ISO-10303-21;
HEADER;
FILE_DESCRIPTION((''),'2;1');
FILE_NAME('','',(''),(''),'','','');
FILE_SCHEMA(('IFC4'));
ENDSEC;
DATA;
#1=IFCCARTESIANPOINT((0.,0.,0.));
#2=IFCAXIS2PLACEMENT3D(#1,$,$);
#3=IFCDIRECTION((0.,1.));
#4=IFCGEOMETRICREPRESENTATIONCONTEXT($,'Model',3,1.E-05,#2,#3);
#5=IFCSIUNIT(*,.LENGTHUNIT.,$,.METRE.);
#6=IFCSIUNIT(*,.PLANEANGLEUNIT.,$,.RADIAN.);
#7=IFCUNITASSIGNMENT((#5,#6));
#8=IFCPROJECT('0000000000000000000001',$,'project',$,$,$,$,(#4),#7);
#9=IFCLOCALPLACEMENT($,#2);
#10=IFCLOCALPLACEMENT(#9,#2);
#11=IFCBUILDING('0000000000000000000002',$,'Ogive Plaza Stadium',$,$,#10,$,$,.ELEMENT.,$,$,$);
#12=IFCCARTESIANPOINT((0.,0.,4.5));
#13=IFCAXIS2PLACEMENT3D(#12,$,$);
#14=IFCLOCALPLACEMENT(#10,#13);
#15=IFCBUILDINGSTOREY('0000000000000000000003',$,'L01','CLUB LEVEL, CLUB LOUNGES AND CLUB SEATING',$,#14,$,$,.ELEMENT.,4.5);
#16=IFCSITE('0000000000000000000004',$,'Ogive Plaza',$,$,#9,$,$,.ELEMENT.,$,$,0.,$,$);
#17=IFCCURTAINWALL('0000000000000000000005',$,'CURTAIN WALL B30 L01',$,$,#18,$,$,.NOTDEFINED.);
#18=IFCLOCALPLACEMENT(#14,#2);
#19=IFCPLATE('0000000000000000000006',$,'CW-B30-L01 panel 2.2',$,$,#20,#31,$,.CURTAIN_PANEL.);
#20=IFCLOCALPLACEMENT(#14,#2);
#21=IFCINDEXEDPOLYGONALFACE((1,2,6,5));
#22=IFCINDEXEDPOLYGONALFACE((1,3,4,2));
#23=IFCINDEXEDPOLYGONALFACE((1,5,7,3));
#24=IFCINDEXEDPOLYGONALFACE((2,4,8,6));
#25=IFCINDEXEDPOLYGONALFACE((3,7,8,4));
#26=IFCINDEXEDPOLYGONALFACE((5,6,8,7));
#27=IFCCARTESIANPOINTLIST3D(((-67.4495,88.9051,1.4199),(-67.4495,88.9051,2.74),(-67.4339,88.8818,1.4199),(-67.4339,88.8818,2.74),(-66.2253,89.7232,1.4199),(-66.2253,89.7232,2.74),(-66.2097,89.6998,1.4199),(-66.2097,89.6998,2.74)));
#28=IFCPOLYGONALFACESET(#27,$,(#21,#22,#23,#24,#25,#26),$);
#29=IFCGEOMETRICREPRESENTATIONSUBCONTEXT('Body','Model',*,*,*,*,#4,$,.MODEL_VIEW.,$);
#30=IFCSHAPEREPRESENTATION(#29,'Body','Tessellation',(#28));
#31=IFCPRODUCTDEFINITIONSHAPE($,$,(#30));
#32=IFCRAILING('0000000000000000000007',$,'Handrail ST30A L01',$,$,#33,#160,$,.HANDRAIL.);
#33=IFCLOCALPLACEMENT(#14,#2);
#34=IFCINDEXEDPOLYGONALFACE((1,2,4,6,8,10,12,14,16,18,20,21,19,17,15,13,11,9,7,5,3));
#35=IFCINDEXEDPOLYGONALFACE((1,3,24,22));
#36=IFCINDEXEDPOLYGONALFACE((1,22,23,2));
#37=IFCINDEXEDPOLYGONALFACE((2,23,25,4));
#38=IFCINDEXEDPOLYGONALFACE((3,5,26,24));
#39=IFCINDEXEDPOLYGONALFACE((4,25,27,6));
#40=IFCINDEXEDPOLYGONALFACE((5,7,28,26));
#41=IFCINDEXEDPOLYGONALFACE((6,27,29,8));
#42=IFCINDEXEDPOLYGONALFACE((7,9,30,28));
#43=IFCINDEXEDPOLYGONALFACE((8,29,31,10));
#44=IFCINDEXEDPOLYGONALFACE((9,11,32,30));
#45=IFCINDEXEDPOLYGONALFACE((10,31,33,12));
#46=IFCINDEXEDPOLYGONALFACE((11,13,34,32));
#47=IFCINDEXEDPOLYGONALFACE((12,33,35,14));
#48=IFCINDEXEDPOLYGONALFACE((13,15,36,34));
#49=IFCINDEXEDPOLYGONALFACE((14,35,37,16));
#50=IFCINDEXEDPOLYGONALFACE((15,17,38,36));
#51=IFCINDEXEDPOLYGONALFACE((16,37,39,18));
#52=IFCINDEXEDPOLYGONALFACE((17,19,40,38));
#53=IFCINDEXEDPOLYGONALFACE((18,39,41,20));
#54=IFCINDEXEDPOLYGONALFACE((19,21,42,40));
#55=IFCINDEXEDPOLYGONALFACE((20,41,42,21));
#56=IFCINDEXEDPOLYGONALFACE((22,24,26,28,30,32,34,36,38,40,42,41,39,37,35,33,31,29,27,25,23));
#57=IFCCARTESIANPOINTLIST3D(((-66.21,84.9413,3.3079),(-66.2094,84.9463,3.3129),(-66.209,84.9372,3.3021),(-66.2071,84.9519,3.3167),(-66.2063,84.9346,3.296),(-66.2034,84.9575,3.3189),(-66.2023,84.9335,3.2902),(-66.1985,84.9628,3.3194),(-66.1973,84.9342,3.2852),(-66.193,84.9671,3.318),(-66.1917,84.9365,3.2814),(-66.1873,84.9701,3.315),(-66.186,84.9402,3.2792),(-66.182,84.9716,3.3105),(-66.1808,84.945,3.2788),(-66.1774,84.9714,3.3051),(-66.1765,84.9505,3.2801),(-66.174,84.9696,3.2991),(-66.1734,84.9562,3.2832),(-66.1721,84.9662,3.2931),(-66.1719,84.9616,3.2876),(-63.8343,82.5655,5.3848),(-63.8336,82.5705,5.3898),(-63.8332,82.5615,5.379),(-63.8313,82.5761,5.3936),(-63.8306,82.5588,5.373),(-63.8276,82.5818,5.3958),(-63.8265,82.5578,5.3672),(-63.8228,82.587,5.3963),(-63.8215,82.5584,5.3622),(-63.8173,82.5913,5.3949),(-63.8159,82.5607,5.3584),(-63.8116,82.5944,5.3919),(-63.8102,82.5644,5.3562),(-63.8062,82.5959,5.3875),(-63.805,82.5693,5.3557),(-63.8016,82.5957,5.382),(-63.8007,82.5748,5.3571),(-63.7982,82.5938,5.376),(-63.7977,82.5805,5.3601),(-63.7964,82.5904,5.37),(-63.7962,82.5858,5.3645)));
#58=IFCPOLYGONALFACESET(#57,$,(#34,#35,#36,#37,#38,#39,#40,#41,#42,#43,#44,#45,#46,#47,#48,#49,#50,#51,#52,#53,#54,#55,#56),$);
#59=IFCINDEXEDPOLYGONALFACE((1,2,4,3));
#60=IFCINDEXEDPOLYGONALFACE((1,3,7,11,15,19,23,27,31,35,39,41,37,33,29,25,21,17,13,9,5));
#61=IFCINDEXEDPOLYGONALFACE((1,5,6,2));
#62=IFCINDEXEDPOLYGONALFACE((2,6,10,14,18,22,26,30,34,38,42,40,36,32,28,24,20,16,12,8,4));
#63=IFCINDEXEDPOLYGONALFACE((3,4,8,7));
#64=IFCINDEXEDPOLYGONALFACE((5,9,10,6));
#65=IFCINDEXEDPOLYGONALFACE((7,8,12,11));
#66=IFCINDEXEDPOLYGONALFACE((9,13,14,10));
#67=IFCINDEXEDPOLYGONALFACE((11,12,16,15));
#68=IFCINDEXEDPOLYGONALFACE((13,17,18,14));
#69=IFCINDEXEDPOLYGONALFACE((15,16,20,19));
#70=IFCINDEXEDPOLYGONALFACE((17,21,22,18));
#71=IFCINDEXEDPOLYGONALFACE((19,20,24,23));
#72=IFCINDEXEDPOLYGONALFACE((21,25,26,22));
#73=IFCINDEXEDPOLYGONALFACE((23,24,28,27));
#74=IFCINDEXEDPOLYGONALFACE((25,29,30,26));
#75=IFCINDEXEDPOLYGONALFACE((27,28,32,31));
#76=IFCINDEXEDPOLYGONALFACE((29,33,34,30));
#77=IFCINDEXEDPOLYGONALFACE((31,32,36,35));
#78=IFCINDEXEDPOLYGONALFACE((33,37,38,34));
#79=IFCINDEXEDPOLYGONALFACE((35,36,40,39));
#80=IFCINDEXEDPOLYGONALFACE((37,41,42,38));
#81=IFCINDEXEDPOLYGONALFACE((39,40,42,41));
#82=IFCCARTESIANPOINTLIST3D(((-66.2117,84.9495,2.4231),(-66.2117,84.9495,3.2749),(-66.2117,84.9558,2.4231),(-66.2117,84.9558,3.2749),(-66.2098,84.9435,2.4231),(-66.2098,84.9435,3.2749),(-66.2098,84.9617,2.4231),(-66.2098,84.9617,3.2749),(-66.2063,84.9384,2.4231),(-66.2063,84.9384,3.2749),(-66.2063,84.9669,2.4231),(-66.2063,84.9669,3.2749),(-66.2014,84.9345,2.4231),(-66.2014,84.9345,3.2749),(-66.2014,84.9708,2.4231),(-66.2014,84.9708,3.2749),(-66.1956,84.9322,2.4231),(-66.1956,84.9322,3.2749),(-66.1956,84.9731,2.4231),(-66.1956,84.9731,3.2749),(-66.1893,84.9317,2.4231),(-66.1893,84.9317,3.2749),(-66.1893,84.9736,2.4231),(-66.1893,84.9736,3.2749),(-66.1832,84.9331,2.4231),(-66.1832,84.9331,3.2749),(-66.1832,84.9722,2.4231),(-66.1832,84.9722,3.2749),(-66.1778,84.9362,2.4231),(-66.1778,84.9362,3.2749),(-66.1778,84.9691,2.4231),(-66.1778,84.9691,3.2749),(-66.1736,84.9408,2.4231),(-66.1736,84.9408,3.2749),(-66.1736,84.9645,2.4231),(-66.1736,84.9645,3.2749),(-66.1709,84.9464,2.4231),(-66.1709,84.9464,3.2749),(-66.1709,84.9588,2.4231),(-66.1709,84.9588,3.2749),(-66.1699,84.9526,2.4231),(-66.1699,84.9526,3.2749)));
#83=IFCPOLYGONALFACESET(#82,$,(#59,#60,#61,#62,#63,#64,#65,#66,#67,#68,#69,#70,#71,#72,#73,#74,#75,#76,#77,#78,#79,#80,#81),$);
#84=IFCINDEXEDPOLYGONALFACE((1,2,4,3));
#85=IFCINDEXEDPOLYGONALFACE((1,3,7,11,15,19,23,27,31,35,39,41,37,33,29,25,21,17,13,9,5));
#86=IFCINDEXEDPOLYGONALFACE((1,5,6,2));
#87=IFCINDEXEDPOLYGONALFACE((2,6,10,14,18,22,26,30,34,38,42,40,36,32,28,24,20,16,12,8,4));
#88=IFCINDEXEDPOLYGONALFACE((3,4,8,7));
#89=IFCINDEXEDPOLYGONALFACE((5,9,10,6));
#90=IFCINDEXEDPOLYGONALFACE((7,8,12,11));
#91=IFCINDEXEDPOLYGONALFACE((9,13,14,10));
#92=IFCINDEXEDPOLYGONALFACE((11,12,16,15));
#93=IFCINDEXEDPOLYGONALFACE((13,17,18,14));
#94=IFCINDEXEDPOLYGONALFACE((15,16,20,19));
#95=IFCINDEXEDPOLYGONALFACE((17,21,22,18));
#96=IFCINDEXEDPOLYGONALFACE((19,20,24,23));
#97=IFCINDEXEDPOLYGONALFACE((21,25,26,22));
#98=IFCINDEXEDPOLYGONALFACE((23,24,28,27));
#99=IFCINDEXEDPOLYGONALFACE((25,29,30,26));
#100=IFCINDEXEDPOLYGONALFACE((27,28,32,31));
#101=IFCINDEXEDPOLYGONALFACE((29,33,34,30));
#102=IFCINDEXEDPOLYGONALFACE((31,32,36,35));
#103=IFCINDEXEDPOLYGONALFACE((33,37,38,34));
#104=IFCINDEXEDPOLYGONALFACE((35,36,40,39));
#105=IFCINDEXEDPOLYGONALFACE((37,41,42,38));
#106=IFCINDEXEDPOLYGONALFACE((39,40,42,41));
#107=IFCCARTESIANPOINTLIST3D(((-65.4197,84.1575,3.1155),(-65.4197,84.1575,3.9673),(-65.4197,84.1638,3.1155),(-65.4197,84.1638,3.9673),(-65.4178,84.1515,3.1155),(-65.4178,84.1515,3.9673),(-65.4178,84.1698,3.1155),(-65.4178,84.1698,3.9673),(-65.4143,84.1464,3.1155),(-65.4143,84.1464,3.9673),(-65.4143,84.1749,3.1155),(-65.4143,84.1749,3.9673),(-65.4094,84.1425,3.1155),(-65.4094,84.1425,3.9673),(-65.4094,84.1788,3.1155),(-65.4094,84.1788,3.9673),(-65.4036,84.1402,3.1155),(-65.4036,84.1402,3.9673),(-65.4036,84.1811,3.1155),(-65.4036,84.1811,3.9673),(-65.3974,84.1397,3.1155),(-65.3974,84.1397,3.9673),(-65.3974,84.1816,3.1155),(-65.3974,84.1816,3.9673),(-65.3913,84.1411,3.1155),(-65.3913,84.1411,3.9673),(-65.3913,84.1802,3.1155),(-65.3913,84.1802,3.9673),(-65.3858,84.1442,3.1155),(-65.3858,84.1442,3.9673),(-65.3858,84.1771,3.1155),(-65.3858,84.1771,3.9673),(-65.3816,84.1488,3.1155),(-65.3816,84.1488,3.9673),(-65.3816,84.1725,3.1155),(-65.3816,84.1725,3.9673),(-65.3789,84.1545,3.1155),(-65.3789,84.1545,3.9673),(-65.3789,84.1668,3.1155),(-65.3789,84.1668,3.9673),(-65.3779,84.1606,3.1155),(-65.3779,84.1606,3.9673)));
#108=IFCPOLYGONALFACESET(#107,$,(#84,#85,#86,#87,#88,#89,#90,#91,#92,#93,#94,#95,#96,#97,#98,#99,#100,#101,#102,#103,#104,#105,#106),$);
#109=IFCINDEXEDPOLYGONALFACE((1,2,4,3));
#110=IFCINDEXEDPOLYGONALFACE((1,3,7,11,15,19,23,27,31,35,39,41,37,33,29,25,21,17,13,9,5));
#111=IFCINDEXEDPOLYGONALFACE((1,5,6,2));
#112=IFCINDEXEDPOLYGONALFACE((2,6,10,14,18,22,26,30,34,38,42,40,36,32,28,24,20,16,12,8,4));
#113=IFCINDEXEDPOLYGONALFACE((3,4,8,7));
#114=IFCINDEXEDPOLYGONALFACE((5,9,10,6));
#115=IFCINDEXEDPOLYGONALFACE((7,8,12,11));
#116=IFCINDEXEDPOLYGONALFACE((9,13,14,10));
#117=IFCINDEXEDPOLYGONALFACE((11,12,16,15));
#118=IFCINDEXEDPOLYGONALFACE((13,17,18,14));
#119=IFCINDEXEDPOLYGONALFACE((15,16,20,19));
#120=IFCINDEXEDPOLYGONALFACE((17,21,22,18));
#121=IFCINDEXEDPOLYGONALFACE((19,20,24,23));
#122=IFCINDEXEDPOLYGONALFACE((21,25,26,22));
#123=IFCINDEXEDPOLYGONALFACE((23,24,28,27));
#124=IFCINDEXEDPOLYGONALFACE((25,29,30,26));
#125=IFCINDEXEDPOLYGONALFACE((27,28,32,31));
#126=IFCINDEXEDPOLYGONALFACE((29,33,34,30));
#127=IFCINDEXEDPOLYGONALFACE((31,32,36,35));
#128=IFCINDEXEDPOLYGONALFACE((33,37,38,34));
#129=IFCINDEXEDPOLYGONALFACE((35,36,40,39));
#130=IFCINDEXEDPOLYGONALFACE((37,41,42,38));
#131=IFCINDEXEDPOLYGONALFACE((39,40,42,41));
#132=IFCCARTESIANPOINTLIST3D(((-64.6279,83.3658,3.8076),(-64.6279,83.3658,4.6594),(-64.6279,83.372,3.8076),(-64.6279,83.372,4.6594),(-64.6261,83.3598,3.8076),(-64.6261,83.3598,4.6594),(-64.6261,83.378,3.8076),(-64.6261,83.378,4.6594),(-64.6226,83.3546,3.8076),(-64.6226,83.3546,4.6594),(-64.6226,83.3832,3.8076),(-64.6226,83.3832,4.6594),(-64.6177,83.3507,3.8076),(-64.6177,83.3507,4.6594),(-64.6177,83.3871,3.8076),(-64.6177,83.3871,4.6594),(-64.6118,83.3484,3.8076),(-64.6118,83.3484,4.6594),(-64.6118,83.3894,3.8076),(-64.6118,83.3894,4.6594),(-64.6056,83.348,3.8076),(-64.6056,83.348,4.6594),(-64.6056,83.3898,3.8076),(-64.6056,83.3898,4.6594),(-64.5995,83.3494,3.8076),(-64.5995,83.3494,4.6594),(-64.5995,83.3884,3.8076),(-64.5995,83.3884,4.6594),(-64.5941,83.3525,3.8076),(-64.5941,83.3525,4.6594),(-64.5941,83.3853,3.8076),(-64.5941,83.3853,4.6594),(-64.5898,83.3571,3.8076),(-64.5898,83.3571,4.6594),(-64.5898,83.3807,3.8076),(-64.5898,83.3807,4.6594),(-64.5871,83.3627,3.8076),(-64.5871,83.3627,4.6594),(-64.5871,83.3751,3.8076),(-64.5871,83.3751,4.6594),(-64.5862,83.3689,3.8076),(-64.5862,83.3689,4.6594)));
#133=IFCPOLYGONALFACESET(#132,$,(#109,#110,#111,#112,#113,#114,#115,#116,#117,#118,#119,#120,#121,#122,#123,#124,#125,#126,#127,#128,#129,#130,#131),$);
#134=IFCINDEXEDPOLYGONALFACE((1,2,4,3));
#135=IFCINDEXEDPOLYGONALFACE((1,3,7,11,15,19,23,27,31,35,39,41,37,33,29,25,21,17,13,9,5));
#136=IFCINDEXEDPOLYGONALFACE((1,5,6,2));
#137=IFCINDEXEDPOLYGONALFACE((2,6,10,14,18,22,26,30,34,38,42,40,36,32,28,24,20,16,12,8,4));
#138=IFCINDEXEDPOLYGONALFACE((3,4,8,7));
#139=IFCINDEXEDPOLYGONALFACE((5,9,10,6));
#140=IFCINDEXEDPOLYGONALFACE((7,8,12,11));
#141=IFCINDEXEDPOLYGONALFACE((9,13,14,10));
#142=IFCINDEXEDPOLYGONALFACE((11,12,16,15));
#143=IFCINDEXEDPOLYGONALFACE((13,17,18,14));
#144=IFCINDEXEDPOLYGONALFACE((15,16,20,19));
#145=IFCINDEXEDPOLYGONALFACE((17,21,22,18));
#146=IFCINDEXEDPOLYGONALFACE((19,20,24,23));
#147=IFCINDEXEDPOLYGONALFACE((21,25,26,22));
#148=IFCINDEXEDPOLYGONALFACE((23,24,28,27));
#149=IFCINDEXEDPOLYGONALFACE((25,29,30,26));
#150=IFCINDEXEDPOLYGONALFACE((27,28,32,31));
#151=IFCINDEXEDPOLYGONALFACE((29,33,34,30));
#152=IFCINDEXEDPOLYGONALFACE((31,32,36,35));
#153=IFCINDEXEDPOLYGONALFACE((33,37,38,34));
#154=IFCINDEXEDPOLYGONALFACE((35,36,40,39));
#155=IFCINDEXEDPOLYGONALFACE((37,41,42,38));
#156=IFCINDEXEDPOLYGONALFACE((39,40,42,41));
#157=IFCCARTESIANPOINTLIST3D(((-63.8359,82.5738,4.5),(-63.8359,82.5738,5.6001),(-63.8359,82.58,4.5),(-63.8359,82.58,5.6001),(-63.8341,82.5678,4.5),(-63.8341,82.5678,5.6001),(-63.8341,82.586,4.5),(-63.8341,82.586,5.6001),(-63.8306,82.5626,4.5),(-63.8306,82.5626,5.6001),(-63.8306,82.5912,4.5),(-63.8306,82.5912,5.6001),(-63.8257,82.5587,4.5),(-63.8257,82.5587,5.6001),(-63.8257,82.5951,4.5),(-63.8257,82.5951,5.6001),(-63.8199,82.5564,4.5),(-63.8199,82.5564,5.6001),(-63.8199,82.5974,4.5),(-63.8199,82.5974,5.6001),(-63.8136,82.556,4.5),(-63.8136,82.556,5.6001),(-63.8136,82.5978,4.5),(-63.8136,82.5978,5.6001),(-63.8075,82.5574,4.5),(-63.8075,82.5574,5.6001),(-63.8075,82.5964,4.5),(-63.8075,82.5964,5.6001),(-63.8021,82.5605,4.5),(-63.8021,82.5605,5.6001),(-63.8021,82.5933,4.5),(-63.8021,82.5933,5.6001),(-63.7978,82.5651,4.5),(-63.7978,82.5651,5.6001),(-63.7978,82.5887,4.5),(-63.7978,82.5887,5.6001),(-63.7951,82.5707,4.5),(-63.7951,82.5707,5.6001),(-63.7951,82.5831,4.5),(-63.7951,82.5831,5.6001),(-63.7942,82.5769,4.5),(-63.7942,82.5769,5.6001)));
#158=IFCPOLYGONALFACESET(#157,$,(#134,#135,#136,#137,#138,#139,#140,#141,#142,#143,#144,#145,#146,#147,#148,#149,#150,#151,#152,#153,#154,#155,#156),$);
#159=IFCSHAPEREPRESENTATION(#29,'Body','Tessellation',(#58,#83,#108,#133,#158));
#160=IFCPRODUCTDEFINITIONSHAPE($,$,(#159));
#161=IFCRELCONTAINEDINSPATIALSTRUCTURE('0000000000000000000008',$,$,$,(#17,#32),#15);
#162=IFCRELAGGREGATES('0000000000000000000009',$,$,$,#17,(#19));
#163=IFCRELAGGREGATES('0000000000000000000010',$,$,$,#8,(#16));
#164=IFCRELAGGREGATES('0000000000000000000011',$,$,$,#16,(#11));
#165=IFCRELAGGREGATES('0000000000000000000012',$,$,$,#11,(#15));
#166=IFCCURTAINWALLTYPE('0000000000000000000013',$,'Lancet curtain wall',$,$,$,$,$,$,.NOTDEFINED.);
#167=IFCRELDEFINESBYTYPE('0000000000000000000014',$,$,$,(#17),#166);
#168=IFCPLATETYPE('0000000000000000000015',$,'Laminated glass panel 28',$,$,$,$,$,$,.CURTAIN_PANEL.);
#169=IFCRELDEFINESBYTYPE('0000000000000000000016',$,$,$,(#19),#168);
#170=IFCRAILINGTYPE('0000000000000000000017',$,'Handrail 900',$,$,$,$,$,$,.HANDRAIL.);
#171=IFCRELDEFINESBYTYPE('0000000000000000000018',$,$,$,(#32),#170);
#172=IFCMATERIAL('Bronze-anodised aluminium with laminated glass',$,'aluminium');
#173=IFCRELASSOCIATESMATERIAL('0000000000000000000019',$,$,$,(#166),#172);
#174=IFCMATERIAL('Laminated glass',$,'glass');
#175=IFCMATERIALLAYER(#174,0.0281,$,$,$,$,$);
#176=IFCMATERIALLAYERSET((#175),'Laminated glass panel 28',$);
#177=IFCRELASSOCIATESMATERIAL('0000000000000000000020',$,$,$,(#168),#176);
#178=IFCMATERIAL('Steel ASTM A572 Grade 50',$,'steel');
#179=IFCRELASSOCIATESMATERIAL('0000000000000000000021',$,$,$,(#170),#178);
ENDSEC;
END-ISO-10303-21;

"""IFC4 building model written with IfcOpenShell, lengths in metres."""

from ifc_helpers import new_model, si_unit, direction, frame, origin, origin_2d, place, context, subcontext, project, spatial, rectangle, circle, extrude, material, layer, layer_set, type_object, element, aggregate, save


model = new_model("IFC4")

# Units and contexts
model_context = context("Model", 3, precision=1e-05, world=origin(), true_north=direction((0.0, 1.0)))
body_context = subcontext(model_context, "Body", "Model", "MODEL_VIEW")
ifc_project = project(units=[si_unit("LENGTHUNIT", "METRE"), si_unit("PLANEANGLEUNIT", "RADIAN")], contexts=[model_context])

# Site, building, storey
site_placement = place(None, origin())
site = spatial("IfcSite", under=ifc_project, at=site_placement, Name="Ogive Plaza", CompositionType="ELEMENT", RefElevation=0.0)
building_placement = place(site_placement, origin())
building = spatial("IfcBuilding", under=site, at=building_placement, Name="Ogive Plaza Stadium", CompositionType="ELEMENT")
storey_placement = place(building_placement, frame((0.0, 0.0, 4.5)))
storey = spatial("IfcBuildingStorey", under=building, at=storey_placement, Name="L01", Description="CLUB LEVEL, CLUB LOUNGES AND CLUB SEATING", CompositionType="ELEMENT", Elevation=4.5)

# Curtain wall
ifc_material_1 = material(Name="Bronze-anodised aluminium with laminated glass", Category="aluminium")
curtain_wall_type = type_object("IfcCurtainWallType", Name="Lancet curtain wall", PredefinedType="NOTDEFINED", material=ifc_material_1)
curtain_wall_1_placement = place(storey_placement, origin())
curtain_wall_1 = element("IfcCurtainWall", 1, at=curtain_wall_1_placement, inside=storey, type_object=curtain_wall_type, Name="CURTAIN WALL B30 L01", PredefinedType="NOTDEFINED")

# Plate
ifc_material_2 = material(Name="Laminated glass", Category="glass")
ifc_layer = layer(ifc_material_2, 0.0281)
ifc_layer_set = layer_set([ifc_layer], Name="Laminated glass panel 28")
plate_type = type_object("IfcPlateType", Name="Laminated glass panel 28", PredefinedType="CURTAIN_PANEL", material=ifc_layer_set)
plate_1_placement = place(storey_placement, frame((-66.8296, 89.3025, 1.4199), z_axis=(0.0, 0.0, 1.0), x_axis=(0.83147, 0.55557, 0.0)))
plate_1 = element("IfcPlate", 2, at=plate_1_placement, type_object=plate_type, Name="CW-B30-L01 panel 2.2", PredefinedType="CURTAIN_PANEL", context=body_context, shape_type="SweptSolid", body=[
    extrude(rectangle(XDim=1.4724, YDim=0.0281, at=origin_2d()), origin(), (0.0, 0.0, 1.0), 1.3201),
])
aggregate(curtain_wall_1, [plate_1])

# Railing
ifc_material_3 = material(Name="Steel ASTM A572 Grade 50", Category="steel")
railing_type = type_object("IfcRailingType", Name="Handrail 900", PredefinedType="HANDRAIL", material=ifc_material_3)
for number, where, name in (
    (3, (-66.1909, 84.9526, 2.4231), "Handrail ST30A L01"),
):
    element("IfcRailing", number, at=place(storey_placement, frame(where)), inside=storey, type_object=railing_type, Name=name, PredefinedType="HANDRAIL", context=body_context, shape_type="SweptSolid", body=[
        extrude(circle(Radius=0.0239, at=origin_2d()), frame((0.0, 0.0, 0.876), z_axis=(0.601466, -0.601466, 0.525811), x_axis=(0.707107, 0.707107, 0.0)), (0.0, 0.0, 1.0), 3.95),
        extrude(circle(Radius=0.021, at=origin_2d()), origin(), (0.0, 0.0, 1.0), 0.8518),
        extrude(circle(Radius=0.021, at=origin_2d()), frame((0.792, -0.792, 0.6924)), (0.0, 0.0, 1.0), 0.8518),
        extrude(circle(Radius=0.021, at=origin_2d()), frame((1.5837, -1.5837, 1.3845)), (0.0, 0.0, 1.0), 0.8518),
        extrude(circle(Radius=0.021, at=origin_2d()), frame((2.3757, -2.3757, 2.0769)), (0.0, 0.0, 1.0), 1.1001),
    ])

save(model, "model.ifc")
